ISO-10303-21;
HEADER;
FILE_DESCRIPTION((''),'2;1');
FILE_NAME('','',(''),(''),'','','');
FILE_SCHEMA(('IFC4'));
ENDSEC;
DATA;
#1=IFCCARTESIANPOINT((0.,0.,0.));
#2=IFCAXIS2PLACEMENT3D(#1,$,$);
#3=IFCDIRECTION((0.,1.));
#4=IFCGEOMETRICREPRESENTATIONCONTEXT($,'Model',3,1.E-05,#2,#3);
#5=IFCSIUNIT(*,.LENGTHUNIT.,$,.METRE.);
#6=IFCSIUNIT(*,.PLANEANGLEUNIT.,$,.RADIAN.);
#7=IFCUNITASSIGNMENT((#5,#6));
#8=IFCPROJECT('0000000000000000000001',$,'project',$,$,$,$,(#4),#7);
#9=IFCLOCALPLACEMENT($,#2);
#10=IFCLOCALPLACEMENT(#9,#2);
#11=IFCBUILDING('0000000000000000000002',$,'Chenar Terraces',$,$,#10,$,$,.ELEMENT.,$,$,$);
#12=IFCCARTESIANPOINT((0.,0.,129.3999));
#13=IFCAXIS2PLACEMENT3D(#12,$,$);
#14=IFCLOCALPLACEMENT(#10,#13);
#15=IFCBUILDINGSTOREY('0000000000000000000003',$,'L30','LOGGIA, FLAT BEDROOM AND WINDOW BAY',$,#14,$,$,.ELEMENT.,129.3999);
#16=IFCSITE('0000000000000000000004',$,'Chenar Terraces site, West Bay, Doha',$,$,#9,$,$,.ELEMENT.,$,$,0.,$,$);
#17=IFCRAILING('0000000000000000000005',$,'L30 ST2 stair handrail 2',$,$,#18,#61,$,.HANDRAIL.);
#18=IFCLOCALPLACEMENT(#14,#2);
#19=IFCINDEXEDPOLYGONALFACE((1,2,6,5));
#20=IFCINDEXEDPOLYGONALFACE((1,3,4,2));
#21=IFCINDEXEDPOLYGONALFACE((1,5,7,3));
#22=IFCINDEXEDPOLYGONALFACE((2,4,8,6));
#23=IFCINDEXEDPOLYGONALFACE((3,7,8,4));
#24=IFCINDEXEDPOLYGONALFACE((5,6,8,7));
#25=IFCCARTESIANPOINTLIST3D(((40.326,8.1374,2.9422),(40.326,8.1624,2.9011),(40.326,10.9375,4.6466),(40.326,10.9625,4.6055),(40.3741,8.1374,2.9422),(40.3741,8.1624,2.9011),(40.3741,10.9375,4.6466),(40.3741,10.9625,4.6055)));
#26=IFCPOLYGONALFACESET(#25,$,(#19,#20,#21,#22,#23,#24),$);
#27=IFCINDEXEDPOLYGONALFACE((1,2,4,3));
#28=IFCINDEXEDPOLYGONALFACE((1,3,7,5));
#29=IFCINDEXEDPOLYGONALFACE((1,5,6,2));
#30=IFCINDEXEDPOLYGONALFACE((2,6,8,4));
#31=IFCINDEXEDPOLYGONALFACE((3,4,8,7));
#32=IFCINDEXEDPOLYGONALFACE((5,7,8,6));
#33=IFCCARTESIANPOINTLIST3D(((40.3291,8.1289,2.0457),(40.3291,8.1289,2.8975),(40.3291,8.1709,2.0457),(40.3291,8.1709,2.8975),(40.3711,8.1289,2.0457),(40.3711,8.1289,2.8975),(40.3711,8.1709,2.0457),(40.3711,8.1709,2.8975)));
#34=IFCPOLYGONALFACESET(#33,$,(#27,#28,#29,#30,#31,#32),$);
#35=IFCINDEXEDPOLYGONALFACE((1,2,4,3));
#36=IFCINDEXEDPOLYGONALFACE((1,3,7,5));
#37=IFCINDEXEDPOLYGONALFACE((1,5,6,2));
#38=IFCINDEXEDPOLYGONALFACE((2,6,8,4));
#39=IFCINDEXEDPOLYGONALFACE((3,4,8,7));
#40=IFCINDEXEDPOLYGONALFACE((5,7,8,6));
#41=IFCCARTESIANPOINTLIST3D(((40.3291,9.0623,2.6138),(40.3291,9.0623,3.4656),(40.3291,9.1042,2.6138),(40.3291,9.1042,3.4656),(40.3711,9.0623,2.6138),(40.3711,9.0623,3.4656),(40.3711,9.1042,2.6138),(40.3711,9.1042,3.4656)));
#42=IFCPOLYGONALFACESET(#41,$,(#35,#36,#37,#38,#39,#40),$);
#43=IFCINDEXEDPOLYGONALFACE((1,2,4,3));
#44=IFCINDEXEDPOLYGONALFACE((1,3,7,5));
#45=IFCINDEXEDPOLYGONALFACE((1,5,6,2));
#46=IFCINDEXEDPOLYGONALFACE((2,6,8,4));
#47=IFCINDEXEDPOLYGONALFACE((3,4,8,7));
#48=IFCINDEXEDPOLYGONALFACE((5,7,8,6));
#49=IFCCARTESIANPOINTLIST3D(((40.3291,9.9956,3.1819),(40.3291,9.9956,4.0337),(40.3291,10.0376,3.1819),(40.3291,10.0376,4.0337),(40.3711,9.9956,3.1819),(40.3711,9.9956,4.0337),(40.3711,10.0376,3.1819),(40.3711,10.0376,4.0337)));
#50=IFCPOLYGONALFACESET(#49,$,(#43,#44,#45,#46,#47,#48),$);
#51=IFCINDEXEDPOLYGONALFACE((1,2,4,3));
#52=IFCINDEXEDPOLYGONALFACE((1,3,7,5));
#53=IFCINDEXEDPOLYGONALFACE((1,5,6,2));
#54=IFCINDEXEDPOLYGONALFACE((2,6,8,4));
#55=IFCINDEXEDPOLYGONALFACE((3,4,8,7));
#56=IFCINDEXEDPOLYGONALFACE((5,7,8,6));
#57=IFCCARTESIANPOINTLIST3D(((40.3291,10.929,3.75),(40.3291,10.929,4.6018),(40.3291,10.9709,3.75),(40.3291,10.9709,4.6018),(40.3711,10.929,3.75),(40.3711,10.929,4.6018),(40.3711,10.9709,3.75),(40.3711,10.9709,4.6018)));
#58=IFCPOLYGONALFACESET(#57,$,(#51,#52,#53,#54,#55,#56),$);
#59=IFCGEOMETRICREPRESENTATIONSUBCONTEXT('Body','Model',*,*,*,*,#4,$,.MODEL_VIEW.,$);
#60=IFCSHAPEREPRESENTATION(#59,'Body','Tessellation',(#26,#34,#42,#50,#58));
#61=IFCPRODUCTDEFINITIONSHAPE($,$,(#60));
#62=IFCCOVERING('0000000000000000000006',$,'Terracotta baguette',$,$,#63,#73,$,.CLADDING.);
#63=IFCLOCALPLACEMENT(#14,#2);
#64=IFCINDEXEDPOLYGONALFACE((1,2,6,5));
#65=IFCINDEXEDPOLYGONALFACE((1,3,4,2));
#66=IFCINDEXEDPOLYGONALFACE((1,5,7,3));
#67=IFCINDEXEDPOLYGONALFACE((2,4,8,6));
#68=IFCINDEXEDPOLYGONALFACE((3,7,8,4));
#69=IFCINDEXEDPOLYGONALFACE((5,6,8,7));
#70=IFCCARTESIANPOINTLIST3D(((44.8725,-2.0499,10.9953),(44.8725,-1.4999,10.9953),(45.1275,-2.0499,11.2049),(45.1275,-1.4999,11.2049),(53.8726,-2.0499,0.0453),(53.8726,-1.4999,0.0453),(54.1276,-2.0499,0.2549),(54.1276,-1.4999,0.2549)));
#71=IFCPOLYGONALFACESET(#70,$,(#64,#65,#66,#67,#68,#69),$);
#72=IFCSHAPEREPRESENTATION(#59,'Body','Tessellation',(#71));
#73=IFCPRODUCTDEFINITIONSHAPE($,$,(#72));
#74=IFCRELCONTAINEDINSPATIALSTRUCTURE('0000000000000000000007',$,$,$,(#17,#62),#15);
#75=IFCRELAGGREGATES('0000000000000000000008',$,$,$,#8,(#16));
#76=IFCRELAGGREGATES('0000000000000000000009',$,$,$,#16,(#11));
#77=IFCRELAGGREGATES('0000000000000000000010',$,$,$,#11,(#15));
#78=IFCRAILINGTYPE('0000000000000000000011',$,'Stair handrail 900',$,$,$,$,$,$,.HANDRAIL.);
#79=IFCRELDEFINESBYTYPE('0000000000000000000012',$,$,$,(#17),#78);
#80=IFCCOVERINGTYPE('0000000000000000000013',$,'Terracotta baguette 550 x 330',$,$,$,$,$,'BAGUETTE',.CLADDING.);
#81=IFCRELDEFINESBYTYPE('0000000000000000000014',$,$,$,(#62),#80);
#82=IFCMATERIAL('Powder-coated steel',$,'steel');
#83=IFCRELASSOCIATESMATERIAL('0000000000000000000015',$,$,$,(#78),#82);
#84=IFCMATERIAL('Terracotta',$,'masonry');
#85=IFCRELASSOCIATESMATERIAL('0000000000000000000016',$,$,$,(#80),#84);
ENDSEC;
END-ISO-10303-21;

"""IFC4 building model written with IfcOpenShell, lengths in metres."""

from ifc_helpers import new_model, si_unit, direction, frame, origin, origin_2d, place, context, subcontext, project, spatial, rectangle, extrude, material, material_profile, profile_set, type_object, element, save


model = new_model("IFC4")

# Units and contexts
model_context = context("Model", 3, precision=1e-05, world=origin(), true_north=direction((0.0, 1.0)))
body_context = subcontext(model_context, "Body", "Model", "MODEL_VIEW")
ifc_project = project(units=[si_unit("LENGTHUNIT", "METRE"), si_unit("PLANEANGLEUNIT", "RADIAN")], contexts=[model_context])

# Site, building, storey
site_placement = place(None, origin())
site = spatial("IfcSite", under=ifc_project, at=site_placement, Name="Chenar Terraces site, West Bay, Doha", CompositionType="ELEMENT", RefElevation=0.0)
building_placement = place(site_placement, origin())
building = spatial("IfcBuilding", under=site, at=building_placement, Name="Chenar Terraces", CompositionType="ELEMENT")
storey_placement = place(building_placement, frame((0.0, 0.0, 129.3999)))
storey = spatial("IfcBuildingStorey", under=building, at=storey_placement, Name="L30", Description="LOGGIA, FLAT BEDROOM AND WINDOW BAY", CompositionType="ELEMENT", Elevation=129.3999)

# Railing
ifc_material_1 = material(Name="Powder-coated steel", Category="steel")
railing_type_1 = type_object("IfcRailingType", Name="Stair handrail 900", PredefinedType="HANDRAIL", material=ifc_material_1)
railing_1_placement = place(storey_placement, frame((40.3501, 8.1499, 2.0457)))
element("IfcRailing", 1, at=railing_1_placement, inside=storey, type_object=railing_type_1, Name="L30 ST2 stair handrail 2", PredefinedType="HANDRAIL", context=body_context, shape_type="SweptSolid", body=[
    extrude(rectangle(XDim=0.0481, YDim=0.0481, at=origin_2d()), frame((0.0, 0.0, 0.876), z_axis=(0.0, 0.854203, 0.51994), x_axis=(-1.0, 0.0, 0.0)), (0.0, 0.0, 1.0), 3.2781),
    extrude(rectangle(XDim=0.042, YDim=0.042, at=origin_2d()), origin(), (0.0, 0.0, 1.0), 0.8518),
    extrude(rectangle(XDim=0.042, YDim=0.042, at=origin_2d()), frame((0.0, 0.9333, 0.5681)), (0.0, 0.0, 1.0), 0.8518),
    extrude(rectangle(XDim=0.042, YDim=0.042, at=origin_2d()), frame((0.0, 1.8667, 1.1362)), (0.0, 0.0, 1.0), 0.8518),
    extrude(rectangle(XDim=0.042, YDim=0.042, at=origin_2d()), frame((0.0, 2.8, 1.7043)), (0.0, 0.0, 1.0), 0.8518),
])

# Covering
ifc_material_2 = material(Name="Terracotta", Category="masonry")
ifc_material_profile_1 = material_profile(ifc_material_2, rectangle(XDim=0.55, YDim=0.3301, at=origin_2d()), Name="Terracotta baguette 550 x 330")
ifc_profile_set_1 = profile_set([ifc_material_profile_1], Name="Terracotta")
covering_type = type_object("IfcCoveringType", Name="Terracotta baguette 550 x 330", ElementType="BAGUETTE", PredefinedType="CLADDING", material=ifc_profile_set_1)
covering_placement = place(storey_placement, frame((45.0, -1.7749, 11.1001), z_axis=(0.634967, 0.0, -0.772539), x_axis=(0.0, 1.0, 0.0)))
element("IfcCovering", 2, at=covering_placement, inside=storey, type_object=covering_type, Name="Terracotta baguette", PredefinedType="CLADDING", context=body_context, shape_type="SweptSolid", body=[
    extrude(rectangle(XDim=0.55, YDim=0.3301, at=origin_2d()), origin(), (0.0, 0.0, 1.0), 14.1741),
])

save(model, "model.ifc")
